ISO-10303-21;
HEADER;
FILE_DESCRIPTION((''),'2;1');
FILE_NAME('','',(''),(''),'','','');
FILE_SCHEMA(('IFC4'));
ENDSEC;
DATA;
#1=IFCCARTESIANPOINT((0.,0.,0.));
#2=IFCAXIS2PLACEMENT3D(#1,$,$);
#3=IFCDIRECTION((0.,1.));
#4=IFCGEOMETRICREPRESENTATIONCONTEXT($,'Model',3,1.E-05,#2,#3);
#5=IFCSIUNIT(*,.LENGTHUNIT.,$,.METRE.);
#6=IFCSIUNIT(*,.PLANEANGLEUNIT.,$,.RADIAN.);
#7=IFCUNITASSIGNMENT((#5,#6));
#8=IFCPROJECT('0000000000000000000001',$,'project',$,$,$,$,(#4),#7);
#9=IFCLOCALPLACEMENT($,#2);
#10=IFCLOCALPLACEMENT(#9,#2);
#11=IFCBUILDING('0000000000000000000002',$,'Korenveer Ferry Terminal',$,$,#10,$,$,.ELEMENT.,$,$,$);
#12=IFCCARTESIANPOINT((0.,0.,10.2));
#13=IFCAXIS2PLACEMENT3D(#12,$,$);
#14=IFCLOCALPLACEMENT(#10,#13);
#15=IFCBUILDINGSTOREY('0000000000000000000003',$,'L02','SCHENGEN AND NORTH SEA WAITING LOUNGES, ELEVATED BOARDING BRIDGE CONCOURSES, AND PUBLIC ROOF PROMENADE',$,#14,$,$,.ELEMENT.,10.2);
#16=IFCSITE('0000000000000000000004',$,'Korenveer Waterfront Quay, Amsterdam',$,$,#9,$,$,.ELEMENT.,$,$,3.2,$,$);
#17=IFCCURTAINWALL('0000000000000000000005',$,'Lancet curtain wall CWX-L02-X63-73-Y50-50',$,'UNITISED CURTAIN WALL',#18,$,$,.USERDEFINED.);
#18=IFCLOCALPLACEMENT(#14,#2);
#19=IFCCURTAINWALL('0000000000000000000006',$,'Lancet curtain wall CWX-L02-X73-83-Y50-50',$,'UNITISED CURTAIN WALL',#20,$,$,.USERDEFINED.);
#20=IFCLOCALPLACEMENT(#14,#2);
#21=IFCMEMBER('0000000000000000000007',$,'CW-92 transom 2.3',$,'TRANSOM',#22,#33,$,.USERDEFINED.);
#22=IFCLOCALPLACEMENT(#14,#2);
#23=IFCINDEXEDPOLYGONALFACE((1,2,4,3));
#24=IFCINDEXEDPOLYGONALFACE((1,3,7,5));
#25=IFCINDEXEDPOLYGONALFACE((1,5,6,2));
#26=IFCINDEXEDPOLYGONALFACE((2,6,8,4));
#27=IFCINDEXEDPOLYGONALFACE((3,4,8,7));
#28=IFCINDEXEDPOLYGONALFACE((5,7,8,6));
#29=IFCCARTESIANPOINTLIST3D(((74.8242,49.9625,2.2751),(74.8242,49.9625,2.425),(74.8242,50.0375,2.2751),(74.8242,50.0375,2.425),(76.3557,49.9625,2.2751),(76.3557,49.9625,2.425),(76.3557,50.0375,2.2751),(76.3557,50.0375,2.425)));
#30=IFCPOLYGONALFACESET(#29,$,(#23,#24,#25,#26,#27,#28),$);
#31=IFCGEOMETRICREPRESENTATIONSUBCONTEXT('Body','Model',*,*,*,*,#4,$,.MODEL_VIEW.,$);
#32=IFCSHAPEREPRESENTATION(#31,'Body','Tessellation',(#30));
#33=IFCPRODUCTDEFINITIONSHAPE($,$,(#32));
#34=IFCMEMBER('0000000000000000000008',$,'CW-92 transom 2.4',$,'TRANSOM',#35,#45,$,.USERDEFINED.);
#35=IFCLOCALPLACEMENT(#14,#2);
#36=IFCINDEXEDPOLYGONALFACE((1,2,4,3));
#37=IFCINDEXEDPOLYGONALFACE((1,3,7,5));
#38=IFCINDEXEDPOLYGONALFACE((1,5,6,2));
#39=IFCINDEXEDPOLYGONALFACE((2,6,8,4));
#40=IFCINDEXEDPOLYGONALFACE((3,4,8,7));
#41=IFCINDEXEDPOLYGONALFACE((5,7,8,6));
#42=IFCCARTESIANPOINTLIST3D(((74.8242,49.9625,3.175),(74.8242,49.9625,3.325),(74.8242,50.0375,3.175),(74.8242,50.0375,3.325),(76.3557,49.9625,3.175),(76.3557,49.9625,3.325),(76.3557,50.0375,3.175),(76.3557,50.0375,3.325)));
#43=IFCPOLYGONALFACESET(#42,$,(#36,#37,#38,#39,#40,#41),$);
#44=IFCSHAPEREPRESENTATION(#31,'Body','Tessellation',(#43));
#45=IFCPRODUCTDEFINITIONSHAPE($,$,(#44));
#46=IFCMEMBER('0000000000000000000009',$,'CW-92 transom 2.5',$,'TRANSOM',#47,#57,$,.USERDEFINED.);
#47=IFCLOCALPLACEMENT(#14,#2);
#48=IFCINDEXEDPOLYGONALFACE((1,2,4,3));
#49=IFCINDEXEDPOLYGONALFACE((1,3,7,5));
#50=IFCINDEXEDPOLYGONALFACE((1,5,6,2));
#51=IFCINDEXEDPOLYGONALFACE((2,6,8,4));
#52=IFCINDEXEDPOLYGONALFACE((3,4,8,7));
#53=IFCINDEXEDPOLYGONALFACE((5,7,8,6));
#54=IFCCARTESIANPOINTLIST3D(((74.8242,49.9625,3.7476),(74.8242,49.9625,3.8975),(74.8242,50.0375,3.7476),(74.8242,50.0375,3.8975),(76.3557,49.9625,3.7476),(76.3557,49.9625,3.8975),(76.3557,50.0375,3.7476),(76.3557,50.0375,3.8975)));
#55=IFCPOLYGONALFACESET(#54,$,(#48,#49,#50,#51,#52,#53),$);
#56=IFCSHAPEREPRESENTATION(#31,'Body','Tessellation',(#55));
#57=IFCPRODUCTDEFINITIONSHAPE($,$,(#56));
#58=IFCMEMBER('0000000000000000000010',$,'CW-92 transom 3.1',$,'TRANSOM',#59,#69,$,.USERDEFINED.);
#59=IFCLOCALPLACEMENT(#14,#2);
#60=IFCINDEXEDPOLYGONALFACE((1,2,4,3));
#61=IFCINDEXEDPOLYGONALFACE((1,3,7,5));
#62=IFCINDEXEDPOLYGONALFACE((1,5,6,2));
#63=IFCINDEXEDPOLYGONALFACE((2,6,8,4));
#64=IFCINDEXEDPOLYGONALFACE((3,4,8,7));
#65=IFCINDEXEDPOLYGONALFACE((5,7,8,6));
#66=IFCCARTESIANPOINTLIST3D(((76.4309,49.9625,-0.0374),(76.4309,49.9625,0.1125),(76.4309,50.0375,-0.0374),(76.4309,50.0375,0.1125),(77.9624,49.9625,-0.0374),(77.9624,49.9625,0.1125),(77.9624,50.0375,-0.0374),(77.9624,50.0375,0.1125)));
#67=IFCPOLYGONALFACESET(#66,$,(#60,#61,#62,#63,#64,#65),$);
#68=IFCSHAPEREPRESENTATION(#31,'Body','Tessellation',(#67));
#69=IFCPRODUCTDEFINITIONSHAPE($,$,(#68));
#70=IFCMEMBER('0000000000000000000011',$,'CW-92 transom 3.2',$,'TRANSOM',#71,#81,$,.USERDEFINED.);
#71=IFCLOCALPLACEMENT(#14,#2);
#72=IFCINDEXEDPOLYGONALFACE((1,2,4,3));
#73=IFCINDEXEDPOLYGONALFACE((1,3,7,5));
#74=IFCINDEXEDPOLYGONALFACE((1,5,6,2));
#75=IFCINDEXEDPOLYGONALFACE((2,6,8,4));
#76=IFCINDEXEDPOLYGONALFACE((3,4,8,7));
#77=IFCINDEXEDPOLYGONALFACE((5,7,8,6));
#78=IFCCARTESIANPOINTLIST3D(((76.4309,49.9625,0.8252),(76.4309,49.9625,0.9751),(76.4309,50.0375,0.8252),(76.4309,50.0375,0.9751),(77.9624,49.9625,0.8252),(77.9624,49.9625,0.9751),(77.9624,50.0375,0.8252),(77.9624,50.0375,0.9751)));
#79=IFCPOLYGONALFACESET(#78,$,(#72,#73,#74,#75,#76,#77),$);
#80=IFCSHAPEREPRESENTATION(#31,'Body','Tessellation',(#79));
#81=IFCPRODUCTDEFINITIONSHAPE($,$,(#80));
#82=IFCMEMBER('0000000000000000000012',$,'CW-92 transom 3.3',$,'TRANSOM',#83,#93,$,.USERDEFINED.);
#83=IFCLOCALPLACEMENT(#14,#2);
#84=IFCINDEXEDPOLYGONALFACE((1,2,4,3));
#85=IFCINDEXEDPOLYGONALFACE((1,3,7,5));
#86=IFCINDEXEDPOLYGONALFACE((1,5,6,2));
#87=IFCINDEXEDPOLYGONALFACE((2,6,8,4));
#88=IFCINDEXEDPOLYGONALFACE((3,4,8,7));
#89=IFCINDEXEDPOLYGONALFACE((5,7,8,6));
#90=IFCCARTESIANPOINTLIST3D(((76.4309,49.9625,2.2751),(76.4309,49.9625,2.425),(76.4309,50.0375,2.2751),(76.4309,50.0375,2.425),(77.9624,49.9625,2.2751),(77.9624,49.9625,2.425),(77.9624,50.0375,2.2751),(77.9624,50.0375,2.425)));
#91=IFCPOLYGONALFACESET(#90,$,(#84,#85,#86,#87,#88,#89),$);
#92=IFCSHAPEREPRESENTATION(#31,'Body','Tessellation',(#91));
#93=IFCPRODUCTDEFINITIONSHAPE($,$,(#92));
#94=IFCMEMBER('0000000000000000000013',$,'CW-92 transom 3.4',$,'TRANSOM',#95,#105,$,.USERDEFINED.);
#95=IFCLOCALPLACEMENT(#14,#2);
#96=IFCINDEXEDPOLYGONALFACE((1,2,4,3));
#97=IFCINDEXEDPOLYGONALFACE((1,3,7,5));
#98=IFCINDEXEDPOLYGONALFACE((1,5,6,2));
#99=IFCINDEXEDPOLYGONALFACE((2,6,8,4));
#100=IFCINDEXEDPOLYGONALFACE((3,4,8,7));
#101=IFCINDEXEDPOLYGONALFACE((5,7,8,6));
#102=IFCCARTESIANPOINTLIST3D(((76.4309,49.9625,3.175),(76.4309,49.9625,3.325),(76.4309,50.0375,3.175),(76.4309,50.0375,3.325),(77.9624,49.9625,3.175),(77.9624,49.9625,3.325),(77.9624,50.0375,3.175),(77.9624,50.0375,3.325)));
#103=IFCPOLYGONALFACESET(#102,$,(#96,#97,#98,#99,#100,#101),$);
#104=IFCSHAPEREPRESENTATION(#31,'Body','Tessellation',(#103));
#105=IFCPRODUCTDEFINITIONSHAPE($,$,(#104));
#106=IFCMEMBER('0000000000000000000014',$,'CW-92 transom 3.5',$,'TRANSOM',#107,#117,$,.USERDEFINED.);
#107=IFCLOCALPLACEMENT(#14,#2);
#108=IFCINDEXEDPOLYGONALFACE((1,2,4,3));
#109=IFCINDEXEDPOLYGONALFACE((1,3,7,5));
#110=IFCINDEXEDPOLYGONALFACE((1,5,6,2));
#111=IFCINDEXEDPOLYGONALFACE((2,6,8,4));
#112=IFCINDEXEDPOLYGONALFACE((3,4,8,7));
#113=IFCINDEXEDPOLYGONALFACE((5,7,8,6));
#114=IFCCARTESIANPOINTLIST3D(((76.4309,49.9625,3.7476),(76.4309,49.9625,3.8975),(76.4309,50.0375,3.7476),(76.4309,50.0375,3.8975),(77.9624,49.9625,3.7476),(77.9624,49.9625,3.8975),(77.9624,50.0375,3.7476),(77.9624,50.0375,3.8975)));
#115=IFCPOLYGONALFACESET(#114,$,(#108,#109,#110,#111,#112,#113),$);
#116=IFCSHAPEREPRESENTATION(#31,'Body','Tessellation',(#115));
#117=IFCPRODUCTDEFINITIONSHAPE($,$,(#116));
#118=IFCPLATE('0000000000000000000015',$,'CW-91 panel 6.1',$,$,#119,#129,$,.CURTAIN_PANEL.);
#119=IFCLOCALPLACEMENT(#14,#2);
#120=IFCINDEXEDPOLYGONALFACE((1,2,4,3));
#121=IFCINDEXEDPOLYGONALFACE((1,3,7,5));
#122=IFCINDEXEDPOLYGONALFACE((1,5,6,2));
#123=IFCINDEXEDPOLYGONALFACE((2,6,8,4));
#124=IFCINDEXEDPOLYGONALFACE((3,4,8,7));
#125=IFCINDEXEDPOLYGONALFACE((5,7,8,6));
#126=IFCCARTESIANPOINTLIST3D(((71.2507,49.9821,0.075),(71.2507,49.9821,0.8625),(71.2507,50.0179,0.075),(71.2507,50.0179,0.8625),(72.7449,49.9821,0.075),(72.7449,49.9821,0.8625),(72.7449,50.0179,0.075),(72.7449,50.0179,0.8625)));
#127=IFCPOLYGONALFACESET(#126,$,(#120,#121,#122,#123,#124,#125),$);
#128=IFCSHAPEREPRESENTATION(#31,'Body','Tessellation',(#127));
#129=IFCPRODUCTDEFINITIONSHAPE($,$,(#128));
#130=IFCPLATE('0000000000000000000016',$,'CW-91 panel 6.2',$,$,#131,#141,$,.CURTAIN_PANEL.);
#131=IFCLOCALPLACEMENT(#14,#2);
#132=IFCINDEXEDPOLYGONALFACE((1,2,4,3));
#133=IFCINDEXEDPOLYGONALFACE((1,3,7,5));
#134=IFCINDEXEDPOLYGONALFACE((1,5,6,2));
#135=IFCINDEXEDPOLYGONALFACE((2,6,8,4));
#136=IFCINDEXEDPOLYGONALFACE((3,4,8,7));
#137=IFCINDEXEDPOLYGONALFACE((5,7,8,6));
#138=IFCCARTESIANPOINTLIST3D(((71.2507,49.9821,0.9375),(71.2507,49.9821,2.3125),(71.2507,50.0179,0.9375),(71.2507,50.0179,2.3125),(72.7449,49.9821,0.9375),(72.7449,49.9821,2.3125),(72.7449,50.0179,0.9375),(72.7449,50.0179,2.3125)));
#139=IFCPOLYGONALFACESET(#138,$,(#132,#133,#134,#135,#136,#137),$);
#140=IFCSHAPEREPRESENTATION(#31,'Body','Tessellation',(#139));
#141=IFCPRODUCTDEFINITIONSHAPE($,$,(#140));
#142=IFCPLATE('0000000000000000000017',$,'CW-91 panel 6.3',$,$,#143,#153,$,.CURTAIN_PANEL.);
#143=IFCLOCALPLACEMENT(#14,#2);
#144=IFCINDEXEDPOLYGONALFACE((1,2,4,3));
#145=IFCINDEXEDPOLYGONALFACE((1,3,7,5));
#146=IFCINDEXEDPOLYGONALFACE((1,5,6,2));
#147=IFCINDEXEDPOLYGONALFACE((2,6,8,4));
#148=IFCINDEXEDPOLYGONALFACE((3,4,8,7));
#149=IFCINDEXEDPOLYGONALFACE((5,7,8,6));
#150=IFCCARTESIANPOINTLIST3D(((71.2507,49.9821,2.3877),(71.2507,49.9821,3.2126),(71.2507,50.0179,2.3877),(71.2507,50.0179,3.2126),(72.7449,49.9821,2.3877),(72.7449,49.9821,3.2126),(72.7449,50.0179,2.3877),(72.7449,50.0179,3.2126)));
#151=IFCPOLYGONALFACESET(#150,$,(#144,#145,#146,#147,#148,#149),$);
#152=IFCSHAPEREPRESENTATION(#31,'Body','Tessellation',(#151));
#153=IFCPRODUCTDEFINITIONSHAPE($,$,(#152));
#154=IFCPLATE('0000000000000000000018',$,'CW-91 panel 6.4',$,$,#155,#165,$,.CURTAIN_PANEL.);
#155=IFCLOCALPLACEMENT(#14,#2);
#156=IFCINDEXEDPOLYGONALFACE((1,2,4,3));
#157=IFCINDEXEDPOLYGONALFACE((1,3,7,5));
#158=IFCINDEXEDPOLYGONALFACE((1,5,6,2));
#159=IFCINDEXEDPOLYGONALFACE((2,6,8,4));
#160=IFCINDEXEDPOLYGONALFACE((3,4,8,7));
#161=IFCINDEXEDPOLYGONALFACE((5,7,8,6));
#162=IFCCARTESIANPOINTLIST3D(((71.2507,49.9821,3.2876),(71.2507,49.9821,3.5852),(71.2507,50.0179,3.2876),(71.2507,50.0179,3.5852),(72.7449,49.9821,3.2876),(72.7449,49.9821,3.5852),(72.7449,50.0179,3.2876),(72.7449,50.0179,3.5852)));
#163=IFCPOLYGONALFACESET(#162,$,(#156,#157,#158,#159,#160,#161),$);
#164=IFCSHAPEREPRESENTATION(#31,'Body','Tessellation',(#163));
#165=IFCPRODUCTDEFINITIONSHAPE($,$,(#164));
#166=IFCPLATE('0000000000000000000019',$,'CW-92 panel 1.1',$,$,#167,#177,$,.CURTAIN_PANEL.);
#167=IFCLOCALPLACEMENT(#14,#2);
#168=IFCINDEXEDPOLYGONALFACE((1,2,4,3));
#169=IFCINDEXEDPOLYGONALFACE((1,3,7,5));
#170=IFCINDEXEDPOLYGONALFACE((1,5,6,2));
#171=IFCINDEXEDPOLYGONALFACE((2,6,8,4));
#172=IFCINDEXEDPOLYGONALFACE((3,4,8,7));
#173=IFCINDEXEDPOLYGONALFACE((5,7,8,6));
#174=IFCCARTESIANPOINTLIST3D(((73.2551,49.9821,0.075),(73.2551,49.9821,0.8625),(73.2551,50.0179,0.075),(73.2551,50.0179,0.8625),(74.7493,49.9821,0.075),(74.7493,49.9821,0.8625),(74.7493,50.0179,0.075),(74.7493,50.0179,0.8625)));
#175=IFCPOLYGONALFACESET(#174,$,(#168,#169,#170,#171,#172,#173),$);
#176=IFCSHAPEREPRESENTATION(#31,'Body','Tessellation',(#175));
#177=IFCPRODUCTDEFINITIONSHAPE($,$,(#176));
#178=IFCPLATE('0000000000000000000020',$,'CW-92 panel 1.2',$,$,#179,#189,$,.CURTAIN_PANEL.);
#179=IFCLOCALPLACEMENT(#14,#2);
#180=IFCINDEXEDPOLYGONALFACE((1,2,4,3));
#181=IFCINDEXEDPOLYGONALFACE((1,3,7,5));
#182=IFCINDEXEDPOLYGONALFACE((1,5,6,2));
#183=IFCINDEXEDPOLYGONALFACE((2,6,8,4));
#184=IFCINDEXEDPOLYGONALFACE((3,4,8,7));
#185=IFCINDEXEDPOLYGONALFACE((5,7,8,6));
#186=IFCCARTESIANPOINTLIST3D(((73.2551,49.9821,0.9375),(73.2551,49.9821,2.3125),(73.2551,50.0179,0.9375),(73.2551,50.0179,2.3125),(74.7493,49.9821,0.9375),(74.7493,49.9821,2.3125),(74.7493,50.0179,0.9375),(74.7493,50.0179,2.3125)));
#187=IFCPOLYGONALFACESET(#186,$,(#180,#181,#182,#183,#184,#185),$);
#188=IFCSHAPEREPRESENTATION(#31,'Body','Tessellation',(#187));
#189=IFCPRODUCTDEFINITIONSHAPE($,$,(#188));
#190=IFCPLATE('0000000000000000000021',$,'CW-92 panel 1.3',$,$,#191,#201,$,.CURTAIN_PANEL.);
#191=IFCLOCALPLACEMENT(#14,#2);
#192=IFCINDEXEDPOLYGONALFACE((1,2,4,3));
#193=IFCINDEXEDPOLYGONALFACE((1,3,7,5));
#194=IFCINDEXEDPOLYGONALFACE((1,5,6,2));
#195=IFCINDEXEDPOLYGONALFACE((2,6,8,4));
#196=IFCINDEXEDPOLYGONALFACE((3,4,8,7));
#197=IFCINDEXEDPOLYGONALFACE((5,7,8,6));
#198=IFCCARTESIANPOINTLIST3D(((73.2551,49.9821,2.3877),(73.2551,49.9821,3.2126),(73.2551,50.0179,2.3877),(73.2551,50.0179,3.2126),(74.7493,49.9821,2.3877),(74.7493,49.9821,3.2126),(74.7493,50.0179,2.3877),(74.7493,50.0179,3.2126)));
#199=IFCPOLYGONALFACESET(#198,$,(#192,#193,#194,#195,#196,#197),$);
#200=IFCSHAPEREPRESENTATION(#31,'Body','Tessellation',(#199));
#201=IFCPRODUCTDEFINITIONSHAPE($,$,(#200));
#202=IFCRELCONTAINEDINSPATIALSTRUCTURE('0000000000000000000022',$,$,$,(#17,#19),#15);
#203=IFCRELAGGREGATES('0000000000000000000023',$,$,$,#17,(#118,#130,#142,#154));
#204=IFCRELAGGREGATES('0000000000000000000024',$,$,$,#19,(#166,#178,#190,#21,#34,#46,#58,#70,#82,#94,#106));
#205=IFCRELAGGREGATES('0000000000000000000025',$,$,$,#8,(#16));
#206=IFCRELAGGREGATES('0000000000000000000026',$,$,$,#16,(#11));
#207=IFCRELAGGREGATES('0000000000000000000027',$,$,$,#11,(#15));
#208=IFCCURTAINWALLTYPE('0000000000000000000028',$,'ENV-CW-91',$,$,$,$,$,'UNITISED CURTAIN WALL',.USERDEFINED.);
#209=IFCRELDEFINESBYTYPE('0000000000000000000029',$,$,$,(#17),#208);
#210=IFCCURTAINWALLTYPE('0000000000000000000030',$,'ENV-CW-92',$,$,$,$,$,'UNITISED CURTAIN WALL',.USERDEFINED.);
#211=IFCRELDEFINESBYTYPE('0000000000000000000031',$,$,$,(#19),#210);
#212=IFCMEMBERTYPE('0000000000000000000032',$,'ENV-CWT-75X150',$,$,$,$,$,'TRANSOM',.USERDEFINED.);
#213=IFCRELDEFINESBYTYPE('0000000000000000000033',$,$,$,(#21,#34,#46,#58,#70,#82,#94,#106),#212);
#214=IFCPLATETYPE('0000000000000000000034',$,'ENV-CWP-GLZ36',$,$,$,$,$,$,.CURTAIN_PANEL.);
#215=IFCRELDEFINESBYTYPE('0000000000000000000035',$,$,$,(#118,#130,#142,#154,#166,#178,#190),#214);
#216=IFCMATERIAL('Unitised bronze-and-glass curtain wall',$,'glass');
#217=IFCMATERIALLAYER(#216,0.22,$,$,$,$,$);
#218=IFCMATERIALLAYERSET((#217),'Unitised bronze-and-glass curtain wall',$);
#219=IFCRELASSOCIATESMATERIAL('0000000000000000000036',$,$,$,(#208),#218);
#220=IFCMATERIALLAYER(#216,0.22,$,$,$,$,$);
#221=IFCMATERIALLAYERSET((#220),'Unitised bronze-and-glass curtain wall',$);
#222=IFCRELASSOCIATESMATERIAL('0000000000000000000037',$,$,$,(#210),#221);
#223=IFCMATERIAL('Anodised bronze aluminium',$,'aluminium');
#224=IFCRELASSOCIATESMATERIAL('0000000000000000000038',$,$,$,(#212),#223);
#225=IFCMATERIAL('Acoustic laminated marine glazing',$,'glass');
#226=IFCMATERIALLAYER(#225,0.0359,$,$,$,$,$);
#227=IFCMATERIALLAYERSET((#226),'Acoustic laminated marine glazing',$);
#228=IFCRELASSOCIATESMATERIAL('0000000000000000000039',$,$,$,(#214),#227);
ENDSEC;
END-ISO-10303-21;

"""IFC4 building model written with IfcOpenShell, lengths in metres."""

from ifc_helpers import new_model, si_unit, direction, frame, origin, origin_2d, place, context, subcontext, project, spatial, rectangle, extrude, material, layer, layer_set, material_profile, profile_set, type_object, element, aggregate, save


model = new_model("IFC4")

# Units and contexts
model_context = context("Model", 3, precision=1e-05, world=origin(), true_north=direction((0.0, 1.0)))
body_context = subcontext(model_context, "Body", "Model", "MODEL_VIEW")
ifc_project = project(units=[si_unit("LENGTHUNIT", "METRE"), si_unit("PLANEANGLEUNIT", "RADIAN")], contexts=[model_context])

# Site, building, storey
site_placement = place(None, origin())
site = spatial("IfcSite", under=ifc_project, at=site_placement, Name="Korenveer Waterfront Quay, Amsterdam", CompositionType="ELEMENT", RefElevation=3.2)
building_placement = place(site_placement, origin())
building = spatial("IfcBuilding", under=site, at=building_placement, Name="Korenveer Ferry Terminal", CompositionType="ELEMENT")
storey_placement = place(building_placement, frame((0.0, 0.0, 10.2)))
storey = spatial("IfcBuildingStorey", under=building, at=storey_placement, Name="L02", Description="SCHENGEN AND NORTH SEA WAITING LOUNGES, ELEVATED BOARDING BRIDGE CONCOURSES, AND PUBLIC ROOF PROMENADE", CompositionType="ELEMENT", Elevation=10.2)

# Curtain wall
ifc_material_1 = material(Name="Unitised bronze-and-glass curtain wall", Category="glass")
ifc_layer_1 = layer(ifc_material_1, 0.22)
ifc_layer_set_1 = layer_set([ifc_layer_1], Name="Unitised bronze-and-glass curtain wall")
curtain_wall_type_1 = type_object("IfcCurtainWallType", Name="ENV-CW-91", ElementType="UNITISED CURTAIN WALL", PredefinedType="USERDEFINED", material=ifc_layer_set_1)
curtain_wall_1_placement = place(storey_placement, frame((63.1799, 50.0, 0.0)))
curtain_wall_1 = element("IfcCurtainWall", 1, at=curtain_wall_1_placement, inside=storey, type_object=curtain_wall_type_1, Name="Lancet curtain wall CWX-L02-X63-73-Y50-50", ObjectType="UNITISED CURTAIN WALL", PredefinedType="USERDEFINED")
ifc_material_2 = material(Name="Anodised bronze aluminium", Category="aluminium")

# Curtain wall, members
ifc_layer_2 = layer(ifc_material_1, 0.22)
ifc_layer_set_2 = layer_set([ifc_layer_2], Name="Unitised bronze-and-glass curtain wall")
curtain_wall_type_2 = type_object("IfcCurtainWallType", Name="ENV-CW-92", ElementType="UNITISED CURTAIN WALL", PredefinedType="USERDEFINED", material=ifc_layer_set_2)
curtain_wall_2_placement = place(storey_placement, frame((73.1799, 50.0, 0.0)))
curtain_wall_2 = element("IfcCurtainWall", 2, at=curtain_wall_2_placement, inside=storey, type_object=curtain_wall_type_2, Name="Lancet curtain wall CWX-L02-X73-83-Y50-50", ObjectType="UNITISED CURTAIN WALL", PredefinedType="USERDEFINED")
ifc_material_profile_1 = material_profile(ifc_material_2, rectangle(XDim=0.075, YDim=0.1499, at=origin_2d()), Name="ALU 75x150")
ifc_profile_set_1 = profile_set([ifc_material_profile_1], Name="Anodised bronze aluminium")
member_type_1 = type_object("IfcMemberType", Name="ENV-CWT-75X150", ElementType="TRANSOM", PredefinedType="USERDEFINED", material=ifc_profile_set_1)
member_1_placement = place(storey_placement, frame((74.8242, 50.0, 2.3501), z_axis=(1.0, 0.0, 0.0), x_axis=(0.0, 1.0, 0.0)))
member_1 = element("IfcMember", 3, at=member_1_placement, type_object=member_type_1, Name="CW-92 transom 2.3", ObjectType="TRANSOM", PredefinedType="USERDEFINED", context=body_context, shape_type="SweptSolid", body=[
    extrude(rectangle(XDim=0.075, YDim=0.1499, at=origin_2d()), origin(), (0.0, 0.0, 1.0), 1.5315),
])
member_2_placement = place(storey_placement, frame((74.8242, 50.0, 3.25), z_axis=(1.0, 0.0, 0.0), x_axis=(0.0, 1.0, 0.0)))
member_2 = element("IfcMember", 4, at=member_2_placement, type_object=member_type_1, Name="CW-92 transom 2.4", ObjectType="TRANSOM", PredefinedType="USERDEFINED", context=body_context, shape_type="SweptSolid", body=[
    extrude(rectangle(XDim=0.075, YDim=0.1499, at=origin_2d()), origin(), (0.0, 0.0, 1.0), 1.5315),
])
member_3_placement = place(storey_placement, frame((74.8242, 50.0, 3.8225), z_axis=(1.0, 0.0, 0.0), x_axis=(0.0, 1.0, 0.0)))
member_3 = element("IfcMember", 5, at=member_3_placement, type_object=member_type_1, Name="CW-92 transom 2.5", ObjectType="TRANSOM", PredefinedType="USERDEFINED", context=body_context, shape_type="SweptSolid", body=[
    extrude(rectangle(XDim=0.075, YDim=0.1499, at=origin_2d()), origin(), (0.0, 0.0, 1.0), 1.5315),
])
member_4_placement = place(storey_placement, frame((76.4309, 50.0, 0.0376), z_axis=(1.0, 0.0, 0.0), x_axis=(0.0, 1.0, 0.0)))
member_4 = element("IfcMember", 6, at=member_4_placement, type_object=member_type_1, Name="CW-92 transom 3.1", ObjectType="TRANSOM", PredefinedType="USERDEFINED", context=body_context, shape_type="SweptSolid", body=[
    extrude(rectangle(XDim=0.075, YDim=0.1499, at=origin_2d()), origin(), (0.0, 0.0, 1.0), 1.5315),
])
member_5_placement = place(storey_placement, frame((76.4309, 50.0, 0.9001), z_axis=(1.0, 0.0, 0.0), x_axis=(0.0, 1.0, 0.0)))
member_5 = element("IfcMember", 7, at=member_5_placement, type_object=member_type_1, Name="CW-92 transom 3.2", ObjectType="TRANSOM", PredefinedType="USERDEFINED", context=body_context, shape_type="SweptSolid", body=[
    extrude(rectangle(XDim=0.075, YDim=0.1499, at=origin_2d()), origin(), (0.0, 0.0, 1.0), 1.5315),
])
member_6_placement = place(storey_placement, frame((76.4309, 50.0, 2.3501), z_axis=(1.0, 0.0, 0.0), x_axis=(0.0, 1.0, 0.0)))
member_6 = element("IfcMember", 8, at=member_6_placement, type_object=member_type_1, Name="CW-92 transom 3.3", ObjectType="TRANSOM", PredefinedType="USERDEFINED", context=body_context, shape_type="SweptSolid", body=[
    extrude(rectangle(XDim=0.075, YDim=0.1499, at=origin_2d()), origin(), (0.0, 0.0, 1.0), 1.5315),
])
member_7_placement = place(storey_placement, frame((76.4309, 50.0, 3.25), z_axis=(1.0, 0.0, 0.0), x_axis=(0.0, 1.0, 0.0)))
member_7 = element("IfcMember", 9, at=member_7_placement, type_object=member_type_1, Name="CW-92 transom 3.4", ObjectType="TRANSOM", PredefinedType="USERDEFINED", context=body_context, shape_type="SweptSolid", body=[
    extrude(rectangle(XDim=0.075, YDim=0.1499, at=origin_2d()), origin(), (0.0, 0.0, 1.0), 1.5315),
])
member_8_placement = place(storey_placement, frame((76.4309, 50.0, 3.8225), z_axis=(1.0, 0.0, 0.0), x_axis=(0.0, 1.0, 0.0)))
member_8 = element("IfcMember", 10, at=member_8_placement, type_object=member_type_1, Name="CW-92 transom 3.5", ObjectType="TRANSOM", PredefinedType="USERDEFINED", context=body_context, shape_type="SweptSolid", body=[
    extrude(rectangle(XDim=0.075, YDim=0.1499, at=origin_2d()), origin(), (0.0, 0.0, 1.0), 1.5315),
])

# Plates
ifc_material_3 = material(Name="Acoustic laminated marine glazing", Category="glass")
ifc_layer_3 = layer(ifc_material_3, 0.0359)
ifc_layer_set_3 = layer_set([ifc_layer_3], Name="Acoustic laminated marine glazing")
plate_type = type_object("IfcPlateType", Name="ENV-CWP-GLZ36", PredefinedType="CURTAIN_PANEL", material=ifc_layer_set_3)
plate_1_placement = place(storey_placement, frame((71.9978, 50.0, 0.075), z_axis=(0.0, 0.0, 1.0), x_axis=(1.0, 0.0, 0.0)))
plate_1 = element("IfcPlate", 11, at=plate_1_placement, type_object=plate_type, Name="CW-91 panel 6.1", PredefinedType="CURTAIN_PANEL", context=body_context, shape_type="SweptSolid", body=[
    extrude(rectangle(XDim=1.4941, YDim=0.0359, at=origin_2d()), origin(), (0.0, 0.0, 1.0), 0.7876),
])
plate_2_placement = place(storey_placement, frame((71.9978, 50.0, 0.9375), z_axis=(0.0, 0.0, 1.0), x_axis=(1.0, 0.0, 0.0)))
plate_2 = element("IfcPlate", 12, at=plate_2_placement, type_object=plate_type, Name="CW-91 panel 6.2", PredefinedType="CURTAIN_PANEL", context=body_context, shape_type="SweptSolid", body=[
    extrude(rectangle(XDim=1.4941, YDim=0.0359, at=origin_2d()), origin(), (0.0, 0.0, 1.0), 1.375),
])
plate_3_placement = place(storey_placement, frame((71.9978, 50.0, 2.3877), z_axis=(0.0, 0.0, 1.0), x_axis=(1.0, 0.0, 0.0)))
plate_3 = element("IfcPlate", 13, at=plate_3_placement, type_object=plate_type, Name="CW-91 panel 6.3", PredefinedType="CURTAIN_PANEL", context=body_context, shape_type="SweptSolid", body=[
    extrude(rectangle(XDim=1.4941, YDim=0.0359, at=origin_2d()), origin(), (0.0, 0.0, 1.0), 0.825),
])
plate_4_placement = place(storey_placement, frame((71.9978, 50.0, 3.2876), z_axis=(0.0, 0.0, 1.0), x_axis=(1.0, 0.0, 0.0)))
plate_4 = element("IfcPlate", 14, at=plate_4_placement, type_object=plate_type, Name="CW-91 panel 6.4", PredefinedType="CURTAIN_PANEL", context=body_context, shape_type="SweptSolid", body=[
    extrude(rectangle(XDim=1.4941, YDim=0.0359, at=origin_2d()), origin(), (0.0, 0.0, 1.0), 0.2976),
])
aggregate(curtain_wall_1, [plate_1, plate_2, plate_3, plate_4])
plate_5_placement = place(storey_placement, frame((74.0022, 50.0, 0.075), z_axis=(0.0, 0.0, 1.0), x_axis=(1.0, 0.0, 0.0)))
plate_5 = element("IfcPlate", 15, at=plate_5_placement, type_object=plate_type, Name="CW-92 panel 1.1", PredefinedType="CURTAIN_PANEL", context=body_context, shape_type="SweptSolid", body=[
    extrude(rectangle(XDim=1.4941, YDim=0.0359, at=origin_2d()), origin(), (0.0, 0.0, 1.0), 0.7876),
])
plate_6_placement = place(storey_placement, frame((74.0022, 50.0, 0.9375), z_axis=(0.0, 0.0, 1.0), x_axis=(1.0, 0.0, 0.0)))
plate_6 = element("IfcPlate", 16, at=plate_6_placement, type_object=plate_type, Name="CW-92 panel 1.2", PredefinedType="CURTAIN_PANEL", context=body_context, shape_type="SweptSolid", body=[
    extrude(rectangle(XDim=1.4941, YDim=0.0359, at=origin_2d()), origin(), (0.0, 0.0, 1.0), 1.375),
])
plate_7_placement = place(storey_placement, frame((74.0022, 50.0, 2.3877), z_axis=(0.0, 0.0, 1.0), x_axis=(1.0, 0.0, 0.0)))
plate_7 = element("IfcPlate", 17, at=plate_7_placement, type_object=plate_type, Name="CW-92 panel 1.3", PredefinedType="CURTAIN_PANEL", context=body_context, shape_type="SweptSolid", body=[
    extrude(rectangle(XDim=1.4941, YDim=0.0359, at=origin_2d()), origin(), (0.0, 0.0, 1.0), 0.825),
])
aggregate(curtain_wall_2, [plate_5, plate_6, plate_7, member_1, member_2, member_3, member_4, member_5, member_6, member_7, member_8])

save(model, "model.ifc")
